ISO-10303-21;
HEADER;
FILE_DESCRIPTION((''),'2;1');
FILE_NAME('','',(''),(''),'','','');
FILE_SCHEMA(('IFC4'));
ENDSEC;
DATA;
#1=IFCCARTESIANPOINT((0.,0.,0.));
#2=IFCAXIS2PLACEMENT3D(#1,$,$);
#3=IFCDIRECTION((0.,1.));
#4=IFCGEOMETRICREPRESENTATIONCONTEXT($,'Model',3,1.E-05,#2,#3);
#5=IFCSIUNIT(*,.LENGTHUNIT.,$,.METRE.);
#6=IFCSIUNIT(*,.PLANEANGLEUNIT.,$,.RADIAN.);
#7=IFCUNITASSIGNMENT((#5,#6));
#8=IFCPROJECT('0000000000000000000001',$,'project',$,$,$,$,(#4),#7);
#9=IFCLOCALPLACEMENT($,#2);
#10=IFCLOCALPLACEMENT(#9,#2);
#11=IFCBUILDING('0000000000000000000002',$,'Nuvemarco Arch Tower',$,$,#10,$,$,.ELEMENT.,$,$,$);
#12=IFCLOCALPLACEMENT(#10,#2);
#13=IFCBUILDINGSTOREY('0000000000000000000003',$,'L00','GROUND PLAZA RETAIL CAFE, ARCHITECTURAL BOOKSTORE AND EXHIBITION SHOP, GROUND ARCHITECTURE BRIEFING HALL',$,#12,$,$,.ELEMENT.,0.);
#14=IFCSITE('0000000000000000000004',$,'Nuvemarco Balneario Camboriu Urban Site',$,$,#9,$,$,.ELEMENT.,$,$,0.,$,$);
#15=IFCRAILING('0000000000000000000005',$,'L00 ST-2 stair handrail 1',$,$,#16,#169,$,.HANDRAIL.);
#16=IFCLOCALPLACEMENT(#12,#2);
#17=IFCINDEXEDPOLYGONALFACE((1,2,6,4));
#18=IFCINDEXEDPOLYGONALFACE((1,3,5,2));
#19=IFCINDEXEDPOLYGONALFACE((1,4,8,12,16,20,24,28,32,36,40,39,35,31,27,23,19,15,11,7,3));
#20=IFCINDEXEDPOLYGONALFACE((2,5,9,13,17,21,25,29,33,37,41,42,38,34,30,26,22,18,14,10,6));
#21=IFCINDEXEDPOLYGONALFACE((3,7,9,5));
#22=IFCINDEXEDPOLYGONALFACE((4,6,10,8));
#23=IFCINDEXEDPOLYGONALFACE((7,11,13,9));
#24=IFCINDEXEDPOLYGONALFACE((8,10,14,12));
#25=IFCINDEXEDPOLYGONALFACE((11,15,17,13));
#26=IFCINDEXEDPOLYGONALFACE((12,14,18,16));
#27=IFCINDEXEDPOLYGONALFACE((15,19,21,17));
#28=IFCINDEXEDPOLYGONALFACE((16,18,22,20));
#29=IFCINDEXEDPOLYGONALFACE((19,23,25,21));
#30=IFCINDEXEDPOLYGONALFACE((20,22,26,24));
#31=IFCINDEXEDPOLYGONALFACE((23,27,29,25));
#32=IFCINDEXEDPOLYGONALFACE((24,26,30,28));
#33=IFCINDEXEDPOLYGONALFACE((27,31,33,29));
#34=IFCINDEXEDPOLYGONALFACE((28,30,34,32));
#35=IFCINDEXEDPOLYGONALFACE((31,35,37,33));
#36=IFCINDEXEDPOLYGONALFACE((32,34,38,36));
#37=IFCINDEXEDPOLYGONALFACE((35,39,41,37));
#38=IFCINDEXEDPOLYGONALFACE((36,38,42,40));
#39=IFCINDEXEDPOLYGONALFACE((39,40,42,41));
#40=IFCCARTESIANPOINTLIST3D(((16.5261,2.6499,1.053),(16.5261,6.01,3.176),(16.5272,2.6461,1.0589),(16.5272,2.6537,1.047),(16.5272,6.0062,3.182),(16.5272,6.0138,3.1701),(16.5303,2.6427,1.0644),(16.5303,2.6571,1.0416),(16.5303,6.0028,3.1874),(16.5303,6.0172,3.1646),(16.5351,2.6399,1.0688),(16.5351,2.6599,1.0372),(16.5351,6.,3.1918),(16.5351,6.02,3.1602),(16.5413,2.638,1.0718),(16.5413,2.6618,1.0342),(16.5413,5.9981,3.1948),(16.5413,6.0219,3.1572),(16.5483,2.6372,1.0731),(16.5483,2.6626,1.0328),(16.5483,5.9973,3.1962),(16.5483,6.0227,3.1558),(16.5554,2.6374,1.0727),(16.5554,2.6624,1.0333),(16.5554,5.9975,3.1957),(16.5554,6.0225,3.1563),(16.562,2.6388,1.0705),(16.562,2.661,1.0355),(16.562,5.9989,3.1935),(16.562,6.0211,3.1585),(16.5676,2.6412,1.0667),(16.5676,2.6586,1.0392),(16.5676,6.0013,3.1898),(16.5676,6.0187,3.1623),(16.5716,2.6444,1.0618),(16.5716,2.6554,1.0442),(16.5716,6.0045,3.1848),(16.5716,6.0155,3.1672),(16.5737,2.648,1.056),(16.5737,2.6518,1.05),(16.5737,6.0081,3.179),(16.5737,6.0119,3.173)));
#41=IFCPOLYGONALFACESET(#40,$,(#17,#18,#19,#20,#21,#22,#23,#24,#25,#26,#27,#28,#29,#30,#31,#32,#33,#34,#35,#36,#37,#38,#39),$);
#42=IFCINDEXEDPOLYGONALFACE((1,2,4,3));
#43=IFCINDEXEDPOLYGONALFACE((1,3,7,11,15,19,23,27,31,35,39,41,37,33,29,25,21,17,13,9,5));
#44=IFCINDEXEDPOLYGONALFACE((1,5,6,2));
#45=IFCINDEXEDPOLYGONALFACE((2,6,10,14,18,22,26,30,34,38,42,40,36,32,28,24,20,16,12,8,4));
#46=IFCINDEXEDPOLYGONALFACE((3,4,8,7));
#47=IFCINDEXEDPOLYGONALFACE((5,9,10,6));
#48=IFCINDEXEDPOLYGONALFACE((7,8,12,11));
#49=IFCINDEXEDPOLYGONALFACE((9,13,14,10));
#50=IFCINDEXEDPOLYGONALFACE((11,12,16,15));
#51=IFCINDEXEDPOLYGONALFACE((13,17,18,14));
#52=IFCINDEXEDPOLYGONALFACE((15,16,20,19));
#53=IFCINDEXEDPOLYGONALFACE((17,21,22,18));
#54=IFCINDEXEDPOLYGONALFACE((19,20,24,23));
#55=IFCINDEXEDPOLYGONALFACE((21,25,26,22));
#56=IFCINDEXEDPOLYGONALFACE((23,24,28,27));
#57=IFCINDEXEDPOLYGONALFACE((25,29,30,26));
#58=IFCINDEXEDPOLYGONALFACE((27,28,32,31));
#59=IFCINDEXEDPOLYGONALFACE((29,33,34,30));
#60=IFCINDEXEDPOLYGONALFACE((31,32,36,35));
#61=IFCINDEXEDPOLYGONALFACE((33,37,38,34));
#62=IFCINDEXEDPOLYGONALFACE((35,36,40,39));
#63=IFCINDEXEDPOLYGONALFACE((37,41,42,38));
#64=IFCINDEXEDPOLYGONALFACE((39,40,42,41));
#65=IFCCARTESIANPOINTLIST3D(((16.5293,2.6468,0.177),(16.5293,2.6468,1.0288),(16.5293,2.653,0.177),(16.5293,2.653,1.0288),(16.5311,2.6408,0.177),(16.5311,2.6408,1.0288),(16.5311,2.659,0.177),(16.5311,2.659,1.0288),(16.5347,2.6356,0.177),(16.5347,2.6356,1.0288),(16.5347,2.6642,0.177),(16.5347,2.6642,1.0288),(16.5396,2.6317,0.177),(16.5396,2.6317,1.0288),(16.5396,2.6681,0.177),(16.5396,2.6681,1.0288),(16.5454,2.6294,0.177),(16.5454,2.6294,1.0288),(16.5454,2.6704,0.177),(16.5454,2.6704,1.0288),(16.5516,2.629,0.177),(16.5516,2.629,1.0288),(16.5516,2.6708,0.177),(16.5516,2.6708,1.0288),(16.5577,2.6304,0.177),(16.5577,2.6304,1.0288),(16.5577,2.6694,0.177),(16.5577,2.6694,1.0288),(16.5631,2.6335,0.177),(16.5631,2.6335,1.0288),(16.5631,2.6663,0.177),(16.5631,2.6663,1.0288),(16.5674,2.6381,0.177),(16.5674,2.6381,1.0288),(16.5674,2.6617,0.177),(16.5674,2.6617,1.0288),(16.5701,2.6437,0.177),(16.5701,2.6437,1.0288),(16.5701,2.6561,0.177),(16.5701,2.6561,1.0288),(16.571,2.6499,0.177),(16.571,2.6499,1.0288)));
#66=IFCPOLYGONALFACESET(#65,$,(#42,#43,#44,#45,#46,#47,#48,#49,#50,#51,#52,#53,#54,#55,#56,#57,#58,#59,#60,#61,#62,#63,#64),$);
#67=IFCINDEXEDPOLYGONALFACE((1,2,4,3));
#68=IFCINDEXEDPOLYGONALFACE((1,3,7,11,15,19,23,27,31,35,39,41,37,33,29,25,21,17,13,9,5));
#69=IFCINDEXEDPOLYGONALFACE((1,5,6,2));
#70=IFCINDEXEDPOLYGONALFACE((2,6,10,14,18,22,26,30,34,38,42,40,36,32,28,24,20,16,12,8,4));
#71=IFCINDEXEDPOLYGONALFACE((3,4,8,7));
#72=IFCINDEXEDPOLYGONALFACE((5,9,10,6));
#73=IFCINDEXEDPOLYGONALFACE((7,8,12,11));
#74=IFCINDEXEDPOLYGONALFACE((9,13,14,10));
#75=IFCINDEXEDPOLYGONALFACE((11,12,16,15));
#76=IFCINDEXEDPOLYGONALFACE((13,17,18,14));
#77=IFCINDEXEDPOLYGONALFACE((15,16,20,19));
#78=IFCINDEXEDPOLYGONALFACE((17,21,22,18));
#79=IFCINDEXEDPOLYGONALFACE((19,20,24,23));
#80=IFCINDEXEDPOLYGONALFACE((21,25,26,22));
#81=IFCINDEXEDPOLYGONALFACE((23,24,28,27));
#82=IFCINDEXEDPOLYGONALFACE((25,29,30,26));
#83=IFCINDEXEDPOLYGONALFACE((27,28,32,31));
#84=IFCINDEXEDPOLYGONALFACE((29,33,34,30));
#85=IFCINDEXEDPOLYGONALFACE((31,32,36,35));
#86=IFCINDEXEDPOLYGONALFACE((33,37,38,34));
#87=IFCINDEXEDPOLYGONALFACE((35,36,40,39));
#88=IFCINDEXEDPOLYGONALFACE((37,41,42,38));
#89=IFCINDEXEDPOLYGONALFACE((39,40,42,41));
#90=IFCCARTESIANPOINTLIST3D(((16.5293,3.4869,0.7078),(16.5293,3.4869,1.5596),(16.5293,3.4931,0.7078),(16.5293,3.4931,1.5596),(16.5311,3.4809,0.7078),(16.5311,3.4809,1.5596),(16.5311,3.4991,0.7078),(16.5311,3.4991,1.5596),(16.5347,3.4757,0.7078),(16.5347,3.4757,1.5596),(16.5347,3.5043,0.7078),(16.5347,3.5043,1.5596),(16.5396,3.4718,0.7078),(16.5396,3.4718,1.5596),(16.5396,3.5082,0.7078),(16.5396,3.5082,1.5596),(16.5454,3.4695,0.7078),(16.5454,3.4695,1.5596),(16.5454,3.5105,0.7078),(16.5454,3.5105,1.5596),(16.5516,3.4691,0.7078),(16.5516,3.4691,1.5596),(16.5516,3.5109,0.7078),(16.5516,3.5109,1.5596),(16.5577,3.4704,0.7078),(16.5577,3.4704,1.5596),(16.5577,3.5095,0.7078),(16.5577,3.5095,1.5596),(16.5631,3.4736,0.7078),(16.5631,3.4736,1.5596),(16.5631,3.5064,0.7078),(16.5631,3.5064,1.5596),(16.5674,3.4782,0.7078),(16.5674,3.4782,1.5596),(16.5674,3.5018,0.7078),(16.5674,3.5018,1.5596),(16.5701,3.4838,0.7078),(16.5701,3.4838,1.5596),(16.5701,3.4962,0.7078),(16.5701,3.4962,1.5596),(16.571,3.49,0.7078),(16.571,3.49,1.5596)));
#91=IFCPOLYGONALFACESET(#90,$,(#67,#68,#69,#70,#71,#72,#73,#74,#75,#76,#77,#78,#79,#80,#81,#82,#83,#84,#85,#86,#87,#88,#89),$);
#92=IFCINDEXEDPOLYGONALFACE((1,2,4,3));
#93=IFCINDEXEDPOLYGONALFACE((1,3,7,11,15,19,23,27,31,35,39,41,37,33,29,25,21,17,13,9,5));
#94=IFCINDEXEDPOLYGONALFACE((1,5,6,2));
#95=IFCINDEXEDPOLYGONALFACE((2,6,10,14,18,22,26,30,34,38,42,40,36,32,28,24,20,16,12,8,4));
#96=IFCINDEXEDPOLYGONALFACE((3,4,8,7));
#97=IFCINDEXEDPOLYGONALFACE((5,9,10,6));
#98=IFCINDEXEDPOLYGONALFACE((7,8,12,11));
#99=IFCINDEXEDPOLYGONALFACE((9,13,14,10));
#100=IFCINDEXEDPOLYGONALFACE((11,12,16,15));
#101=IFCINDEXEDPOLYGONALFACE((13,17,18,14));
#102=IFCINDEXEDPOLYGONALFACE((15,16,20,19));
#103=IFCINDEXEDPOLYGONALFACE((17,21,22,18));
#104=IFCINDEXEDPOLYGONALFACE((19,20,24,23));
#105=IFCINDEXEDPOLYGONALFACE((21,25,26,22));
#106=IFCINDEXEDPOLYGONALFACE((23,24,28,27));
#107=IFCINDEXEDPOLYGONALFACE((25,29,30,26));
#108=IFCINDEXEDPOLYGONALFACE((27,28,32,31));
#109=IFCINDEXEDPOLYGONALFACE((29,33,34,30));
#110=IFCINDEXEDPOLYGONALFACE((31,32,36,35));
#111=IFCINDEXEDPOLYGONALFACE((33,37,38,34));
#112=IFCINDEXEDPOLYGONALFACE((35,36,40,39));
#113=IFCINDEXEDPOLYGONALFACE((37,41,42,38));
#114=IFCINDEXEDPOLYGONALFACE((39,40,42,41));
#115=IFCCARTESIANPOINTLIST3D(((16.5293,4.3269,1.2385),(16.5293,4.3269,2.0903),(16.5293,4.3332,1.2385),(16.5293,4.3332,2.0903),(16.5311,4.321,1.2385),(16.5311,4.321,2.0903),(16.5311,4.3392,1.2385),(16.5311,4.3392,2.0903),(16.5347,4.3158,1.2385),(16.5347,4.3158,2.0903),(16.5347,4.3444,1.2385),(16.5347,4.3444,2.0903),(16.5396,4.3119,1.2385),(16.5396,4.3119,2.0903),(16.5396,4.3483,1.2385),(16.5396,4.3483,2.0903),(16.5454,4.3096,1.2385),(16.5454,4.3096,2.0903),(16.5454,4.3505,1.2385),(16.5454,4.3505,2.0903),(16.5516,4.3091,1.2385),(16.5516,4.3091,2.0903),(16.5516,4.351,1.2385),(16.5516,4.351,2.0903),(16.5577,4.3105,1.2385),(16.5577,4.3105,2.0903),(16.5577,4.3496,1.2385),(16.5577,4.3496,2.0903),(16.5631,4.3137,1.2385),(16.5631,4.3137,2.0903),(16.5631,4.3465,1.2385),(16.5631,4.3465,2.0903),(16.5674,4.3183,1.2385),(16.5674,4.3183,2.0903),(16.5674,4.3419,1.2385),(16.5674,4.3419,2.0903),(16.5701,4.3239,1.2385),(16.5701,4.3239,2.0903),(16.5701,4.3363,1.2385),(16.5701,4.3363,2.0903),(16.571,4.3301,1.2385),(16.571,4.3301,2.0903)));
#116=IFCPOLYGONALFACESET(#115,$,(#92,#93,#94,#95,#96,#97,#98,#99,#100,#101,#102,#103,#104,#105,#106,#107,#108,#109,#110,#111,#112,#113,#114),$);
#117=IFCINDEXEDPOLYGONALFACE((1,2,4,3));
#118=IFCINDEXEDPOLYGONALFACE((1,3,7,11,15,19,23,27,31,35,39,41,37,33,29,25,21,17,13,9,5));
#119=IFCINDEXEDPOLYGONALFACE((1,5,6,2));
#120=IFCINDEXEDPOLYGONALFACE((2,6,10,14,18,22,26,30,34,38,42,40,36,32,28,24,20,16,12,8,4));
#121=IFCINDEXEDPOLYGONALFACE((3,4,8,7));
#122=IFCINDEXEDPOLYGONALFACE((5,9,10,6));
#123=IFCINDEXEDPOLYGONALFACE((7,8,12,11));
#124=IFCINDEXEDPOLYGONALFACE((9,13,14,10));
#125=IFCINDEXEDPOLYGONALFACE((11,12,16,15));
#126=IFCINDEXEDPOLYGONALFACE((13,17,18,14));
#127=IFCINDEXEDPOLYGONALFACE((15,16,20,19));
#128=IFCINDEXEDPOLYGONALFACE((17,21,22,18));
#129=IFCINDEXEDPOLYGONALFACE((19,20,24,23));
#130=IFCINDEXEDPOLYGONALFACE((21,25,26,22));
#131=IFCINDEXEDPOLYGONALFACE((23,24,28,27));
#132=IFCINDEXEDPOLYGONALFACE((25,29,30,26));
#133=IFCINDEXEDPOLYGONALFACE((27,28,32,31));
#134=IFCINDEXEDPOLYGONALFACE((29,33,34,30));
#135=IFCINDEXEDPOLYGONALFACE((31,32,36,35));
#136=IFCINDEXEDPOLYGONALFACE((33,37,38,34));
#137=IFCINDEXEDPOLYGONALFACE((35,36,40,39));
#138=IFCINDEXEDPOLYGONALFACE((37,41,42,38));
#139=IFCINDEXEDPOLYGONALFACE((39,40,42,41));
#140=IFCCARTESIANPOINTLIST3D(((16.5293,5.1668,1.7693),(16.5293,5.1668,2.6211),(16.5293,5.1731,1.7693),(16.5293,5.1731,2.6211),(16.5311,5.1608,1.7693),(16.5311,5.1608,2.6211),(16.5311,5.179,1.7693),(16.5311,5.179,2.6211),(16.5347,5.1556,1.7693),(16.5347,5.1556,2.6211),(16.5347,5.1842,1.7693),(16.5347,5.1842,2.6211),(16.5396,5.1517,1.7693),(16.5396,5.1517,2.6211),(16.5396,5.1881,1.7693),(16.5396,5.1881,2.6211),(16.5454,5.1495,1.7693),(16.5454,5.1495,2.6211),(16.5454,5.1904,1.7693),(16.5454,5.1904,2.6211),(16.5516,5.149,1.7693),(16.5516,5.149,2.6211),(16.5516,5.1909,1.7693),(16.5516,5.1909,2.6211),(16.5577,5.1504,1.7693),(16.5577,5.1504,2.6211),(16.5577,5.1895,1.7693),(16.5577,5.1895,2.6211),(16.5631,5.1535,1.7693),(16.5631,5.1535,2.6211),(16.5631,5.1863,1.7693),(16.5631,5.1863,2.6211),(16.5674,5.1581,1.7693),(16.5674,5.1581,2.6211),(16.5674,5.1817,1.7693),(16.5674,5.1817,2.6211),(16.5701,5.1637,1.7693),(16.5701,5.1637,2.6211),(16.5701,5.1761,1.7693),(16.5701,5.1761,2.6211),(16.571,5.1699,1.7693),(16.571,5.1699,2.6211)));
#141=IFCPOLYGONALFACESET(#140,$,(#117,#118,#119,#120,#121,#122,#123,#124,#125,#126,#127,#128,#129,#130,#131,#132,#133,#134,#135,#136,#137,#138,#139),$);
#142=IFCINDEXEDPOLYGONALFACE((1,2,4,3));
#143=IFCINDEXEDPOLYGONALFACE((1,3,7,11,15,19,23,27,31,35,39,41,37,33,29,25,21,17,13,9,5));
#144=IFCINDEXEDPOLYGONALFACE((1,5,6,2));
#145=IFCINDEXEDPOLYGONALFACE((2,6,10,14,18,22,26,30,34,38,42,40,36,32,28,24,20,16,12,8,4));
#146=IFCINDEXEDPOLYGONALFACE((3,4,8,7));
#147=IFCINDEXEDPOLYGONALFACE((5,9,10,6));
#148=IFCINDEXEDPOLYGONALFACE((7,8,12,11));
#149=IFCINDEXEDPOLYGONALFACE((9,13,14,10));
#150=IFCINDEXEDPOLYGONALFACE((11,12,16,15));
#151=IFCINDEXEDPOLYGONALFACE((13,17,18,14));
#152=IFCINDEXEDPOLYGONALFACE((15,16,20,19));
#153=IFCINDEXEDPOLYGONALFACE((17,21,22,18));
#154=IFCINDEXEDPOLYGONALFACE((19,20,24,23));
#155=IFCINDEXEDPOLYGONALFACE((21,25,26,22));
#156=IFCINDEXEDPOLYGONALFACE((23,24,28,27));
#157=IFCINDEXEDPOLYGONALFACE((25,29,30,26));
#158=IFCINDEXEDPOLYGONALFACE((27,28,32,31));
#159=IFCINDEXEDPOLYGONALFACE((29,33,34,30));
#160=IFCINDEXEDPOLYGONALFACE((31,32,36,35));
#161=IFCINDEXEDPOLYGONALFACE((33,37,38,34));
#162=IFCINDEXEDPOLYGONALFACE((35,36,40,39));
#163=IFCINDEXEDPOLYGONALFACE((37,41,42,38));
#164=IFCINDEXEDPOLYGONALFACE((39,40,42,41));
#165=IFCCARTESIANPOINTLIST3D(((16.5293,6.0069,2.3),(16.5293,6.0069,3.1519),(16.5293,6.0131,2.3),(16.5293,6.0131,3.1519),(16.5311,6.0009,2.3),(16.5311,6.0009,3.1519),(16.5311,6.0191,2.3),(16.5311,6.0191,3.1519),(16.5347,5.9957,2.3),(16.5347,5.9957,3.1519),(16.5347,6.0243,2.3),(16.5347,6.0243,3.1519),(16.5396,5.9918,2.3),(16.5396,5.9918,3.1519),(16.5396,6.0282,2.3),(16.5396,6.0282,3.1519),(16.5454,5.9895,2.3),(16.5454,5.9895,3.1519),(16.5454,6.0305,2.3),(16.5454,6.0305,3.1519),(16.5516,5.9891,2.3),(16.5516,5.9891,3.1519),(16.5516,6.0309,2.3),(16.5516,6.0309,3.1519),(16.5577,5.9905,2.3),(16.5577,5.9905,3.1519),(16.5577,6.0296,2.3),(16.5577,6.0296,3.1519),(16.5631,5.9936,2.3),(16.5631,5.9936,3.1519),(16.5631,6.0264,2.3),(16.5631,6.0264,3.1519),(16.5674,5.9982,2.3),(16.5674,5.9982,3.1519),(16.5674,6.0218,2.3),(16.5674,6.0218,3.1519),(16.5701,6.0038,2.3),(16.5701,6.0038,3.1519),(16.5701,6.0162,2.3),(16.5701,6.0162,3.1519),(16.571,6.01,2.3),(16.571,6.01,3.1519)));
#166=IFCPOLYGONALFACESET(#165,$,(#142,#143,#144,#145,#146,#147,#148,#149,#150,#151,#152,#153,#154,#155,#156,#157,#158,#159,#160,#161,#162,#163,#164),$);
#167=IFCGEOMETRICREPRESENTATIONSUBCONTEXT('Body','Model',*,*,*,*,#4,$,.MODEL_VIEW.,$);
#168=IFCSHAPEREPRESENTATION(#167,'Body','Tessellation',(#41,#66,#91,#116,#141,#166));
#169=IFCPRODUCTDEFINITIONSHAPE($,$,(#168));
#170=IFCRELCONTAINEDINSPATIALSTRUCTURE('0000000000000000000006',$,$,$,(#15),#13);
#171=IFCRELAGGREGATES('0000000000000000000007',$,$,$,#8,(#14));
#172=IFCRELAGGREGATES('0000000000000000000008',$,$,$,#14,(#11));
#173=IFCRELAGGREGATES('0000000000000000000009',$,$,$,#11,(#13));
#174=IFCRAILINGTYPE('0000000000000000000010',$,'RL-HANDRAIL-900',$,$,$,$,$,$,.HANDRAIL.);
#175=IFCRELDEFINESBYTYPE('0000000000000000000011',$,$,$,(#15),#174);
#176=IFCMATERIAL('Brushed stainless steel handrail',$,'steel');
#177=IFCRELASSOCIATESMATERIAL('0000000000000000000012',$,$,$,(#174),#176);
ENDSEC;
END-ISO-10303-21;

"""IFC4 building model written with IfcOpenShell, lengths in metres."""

from ifc_helpers import new_model, si_unit, direction, frame, origin, origin_2d, place, context, subcontext, project, spatial, circle, extrude, material, type_object, element, save


model = new_model("IFC4")

# Units and contexts
model_context = context("Model", 3, precision=1e-05, world=origin(), true_north=direction((0.0, 1.0)))
body_context = subcontext(model_context, "Body", "Model", "MODEL_VIEW")
ifc_project = project(units=[si_unit("LENGTHUNIT", "METRE"), si_unit("PLANEANGLEUNIT", "RADIAN")], contexts=[model_context])

# Site, building, storey
site_placement = place(None, origin())
site = spatial("IfcSite", under=ifc_project, at=site_placement, Name="Nuvemarco Balneario Camboriu Urban Site", CompositionType="ELEMENT", RefElevation=0.0)
building_placement = place(site_placement, origin())
building = spatial("IfcBuilding", under=site, at=building_placement, Name="Nuvemarco Arch Tower", CompositionType="ELEMENT")
storey_placement = place(building_placement, origin())
storey = spatial("IfcBuildingStorey", under=building, at=storey_placement, Name="L00", Description="GROUND PLAZA RETAIL CAFE, ARCHITECTURAL BOOKSTORE AND EXHIBITION SHOP, GROUND ARCHITECTURE BRIEFING HALL", CompositionType="ELEMENT", Elevation=0.0)

# Railing
ifc_material_1 = material(Name="Brushed stainless steel handrail", Category="steel")
railing_type_1 = type_object("IfcRailingType", Name="RL-HANDRAIL-900", PredefinedType="HANDRAIL", material=ifc_material_1)
railing_1_placement = place(storey_placement, frame((16.55, 2.6499, 0.177)))
element("IfcRailing", 1, at=railing_1_placement, inside=storey, type_object=railing_type_1, Name="L00 ST-2 stair handrail 1", PredefinedType="HANDRAIL", context=body_context, shape_type="SweptSolid", body=[
    extrude(circle(Radius=0.0239, at=origin_2d()), frame((0.0, 0.0, 0.876), z_axis=(0.0, 0.84539, 0.53415), x_axis=(-1.0, 0.0, 0.0)), (0.0, 0.0, 1.0), 3.9746),
    extrude(circle(Radius=0.021, at=origin_2d()), origin(), (0.0, 0.0, 1.0), 0.8518),
    extrude(circle(Radius=0.021, at=origin_2d()), frame((0.0, 0.8401, 0.5308)), (0.0, 0.0, 1.0), 0.8518),
    extrude(circle(Radius=0.021, at=origin_2d()), frame((0.0, 1.6802, 1.0615)), (0.0, 0.0, 1.0), 0.8518),
    extrude(circle(Radius=0.021, at=origin_2d()), frame((0.0, 2.52, 1.5923)), (0.0, 0.0, 1.0), 0.8518),
    extrude(circle(Radius=0.021, at=origin_2d()), frame((0.0, 3.3601, 2.123)), (0.0, 0.0, 1.0), 0.8518),
])

save(model, "model.ifc")
